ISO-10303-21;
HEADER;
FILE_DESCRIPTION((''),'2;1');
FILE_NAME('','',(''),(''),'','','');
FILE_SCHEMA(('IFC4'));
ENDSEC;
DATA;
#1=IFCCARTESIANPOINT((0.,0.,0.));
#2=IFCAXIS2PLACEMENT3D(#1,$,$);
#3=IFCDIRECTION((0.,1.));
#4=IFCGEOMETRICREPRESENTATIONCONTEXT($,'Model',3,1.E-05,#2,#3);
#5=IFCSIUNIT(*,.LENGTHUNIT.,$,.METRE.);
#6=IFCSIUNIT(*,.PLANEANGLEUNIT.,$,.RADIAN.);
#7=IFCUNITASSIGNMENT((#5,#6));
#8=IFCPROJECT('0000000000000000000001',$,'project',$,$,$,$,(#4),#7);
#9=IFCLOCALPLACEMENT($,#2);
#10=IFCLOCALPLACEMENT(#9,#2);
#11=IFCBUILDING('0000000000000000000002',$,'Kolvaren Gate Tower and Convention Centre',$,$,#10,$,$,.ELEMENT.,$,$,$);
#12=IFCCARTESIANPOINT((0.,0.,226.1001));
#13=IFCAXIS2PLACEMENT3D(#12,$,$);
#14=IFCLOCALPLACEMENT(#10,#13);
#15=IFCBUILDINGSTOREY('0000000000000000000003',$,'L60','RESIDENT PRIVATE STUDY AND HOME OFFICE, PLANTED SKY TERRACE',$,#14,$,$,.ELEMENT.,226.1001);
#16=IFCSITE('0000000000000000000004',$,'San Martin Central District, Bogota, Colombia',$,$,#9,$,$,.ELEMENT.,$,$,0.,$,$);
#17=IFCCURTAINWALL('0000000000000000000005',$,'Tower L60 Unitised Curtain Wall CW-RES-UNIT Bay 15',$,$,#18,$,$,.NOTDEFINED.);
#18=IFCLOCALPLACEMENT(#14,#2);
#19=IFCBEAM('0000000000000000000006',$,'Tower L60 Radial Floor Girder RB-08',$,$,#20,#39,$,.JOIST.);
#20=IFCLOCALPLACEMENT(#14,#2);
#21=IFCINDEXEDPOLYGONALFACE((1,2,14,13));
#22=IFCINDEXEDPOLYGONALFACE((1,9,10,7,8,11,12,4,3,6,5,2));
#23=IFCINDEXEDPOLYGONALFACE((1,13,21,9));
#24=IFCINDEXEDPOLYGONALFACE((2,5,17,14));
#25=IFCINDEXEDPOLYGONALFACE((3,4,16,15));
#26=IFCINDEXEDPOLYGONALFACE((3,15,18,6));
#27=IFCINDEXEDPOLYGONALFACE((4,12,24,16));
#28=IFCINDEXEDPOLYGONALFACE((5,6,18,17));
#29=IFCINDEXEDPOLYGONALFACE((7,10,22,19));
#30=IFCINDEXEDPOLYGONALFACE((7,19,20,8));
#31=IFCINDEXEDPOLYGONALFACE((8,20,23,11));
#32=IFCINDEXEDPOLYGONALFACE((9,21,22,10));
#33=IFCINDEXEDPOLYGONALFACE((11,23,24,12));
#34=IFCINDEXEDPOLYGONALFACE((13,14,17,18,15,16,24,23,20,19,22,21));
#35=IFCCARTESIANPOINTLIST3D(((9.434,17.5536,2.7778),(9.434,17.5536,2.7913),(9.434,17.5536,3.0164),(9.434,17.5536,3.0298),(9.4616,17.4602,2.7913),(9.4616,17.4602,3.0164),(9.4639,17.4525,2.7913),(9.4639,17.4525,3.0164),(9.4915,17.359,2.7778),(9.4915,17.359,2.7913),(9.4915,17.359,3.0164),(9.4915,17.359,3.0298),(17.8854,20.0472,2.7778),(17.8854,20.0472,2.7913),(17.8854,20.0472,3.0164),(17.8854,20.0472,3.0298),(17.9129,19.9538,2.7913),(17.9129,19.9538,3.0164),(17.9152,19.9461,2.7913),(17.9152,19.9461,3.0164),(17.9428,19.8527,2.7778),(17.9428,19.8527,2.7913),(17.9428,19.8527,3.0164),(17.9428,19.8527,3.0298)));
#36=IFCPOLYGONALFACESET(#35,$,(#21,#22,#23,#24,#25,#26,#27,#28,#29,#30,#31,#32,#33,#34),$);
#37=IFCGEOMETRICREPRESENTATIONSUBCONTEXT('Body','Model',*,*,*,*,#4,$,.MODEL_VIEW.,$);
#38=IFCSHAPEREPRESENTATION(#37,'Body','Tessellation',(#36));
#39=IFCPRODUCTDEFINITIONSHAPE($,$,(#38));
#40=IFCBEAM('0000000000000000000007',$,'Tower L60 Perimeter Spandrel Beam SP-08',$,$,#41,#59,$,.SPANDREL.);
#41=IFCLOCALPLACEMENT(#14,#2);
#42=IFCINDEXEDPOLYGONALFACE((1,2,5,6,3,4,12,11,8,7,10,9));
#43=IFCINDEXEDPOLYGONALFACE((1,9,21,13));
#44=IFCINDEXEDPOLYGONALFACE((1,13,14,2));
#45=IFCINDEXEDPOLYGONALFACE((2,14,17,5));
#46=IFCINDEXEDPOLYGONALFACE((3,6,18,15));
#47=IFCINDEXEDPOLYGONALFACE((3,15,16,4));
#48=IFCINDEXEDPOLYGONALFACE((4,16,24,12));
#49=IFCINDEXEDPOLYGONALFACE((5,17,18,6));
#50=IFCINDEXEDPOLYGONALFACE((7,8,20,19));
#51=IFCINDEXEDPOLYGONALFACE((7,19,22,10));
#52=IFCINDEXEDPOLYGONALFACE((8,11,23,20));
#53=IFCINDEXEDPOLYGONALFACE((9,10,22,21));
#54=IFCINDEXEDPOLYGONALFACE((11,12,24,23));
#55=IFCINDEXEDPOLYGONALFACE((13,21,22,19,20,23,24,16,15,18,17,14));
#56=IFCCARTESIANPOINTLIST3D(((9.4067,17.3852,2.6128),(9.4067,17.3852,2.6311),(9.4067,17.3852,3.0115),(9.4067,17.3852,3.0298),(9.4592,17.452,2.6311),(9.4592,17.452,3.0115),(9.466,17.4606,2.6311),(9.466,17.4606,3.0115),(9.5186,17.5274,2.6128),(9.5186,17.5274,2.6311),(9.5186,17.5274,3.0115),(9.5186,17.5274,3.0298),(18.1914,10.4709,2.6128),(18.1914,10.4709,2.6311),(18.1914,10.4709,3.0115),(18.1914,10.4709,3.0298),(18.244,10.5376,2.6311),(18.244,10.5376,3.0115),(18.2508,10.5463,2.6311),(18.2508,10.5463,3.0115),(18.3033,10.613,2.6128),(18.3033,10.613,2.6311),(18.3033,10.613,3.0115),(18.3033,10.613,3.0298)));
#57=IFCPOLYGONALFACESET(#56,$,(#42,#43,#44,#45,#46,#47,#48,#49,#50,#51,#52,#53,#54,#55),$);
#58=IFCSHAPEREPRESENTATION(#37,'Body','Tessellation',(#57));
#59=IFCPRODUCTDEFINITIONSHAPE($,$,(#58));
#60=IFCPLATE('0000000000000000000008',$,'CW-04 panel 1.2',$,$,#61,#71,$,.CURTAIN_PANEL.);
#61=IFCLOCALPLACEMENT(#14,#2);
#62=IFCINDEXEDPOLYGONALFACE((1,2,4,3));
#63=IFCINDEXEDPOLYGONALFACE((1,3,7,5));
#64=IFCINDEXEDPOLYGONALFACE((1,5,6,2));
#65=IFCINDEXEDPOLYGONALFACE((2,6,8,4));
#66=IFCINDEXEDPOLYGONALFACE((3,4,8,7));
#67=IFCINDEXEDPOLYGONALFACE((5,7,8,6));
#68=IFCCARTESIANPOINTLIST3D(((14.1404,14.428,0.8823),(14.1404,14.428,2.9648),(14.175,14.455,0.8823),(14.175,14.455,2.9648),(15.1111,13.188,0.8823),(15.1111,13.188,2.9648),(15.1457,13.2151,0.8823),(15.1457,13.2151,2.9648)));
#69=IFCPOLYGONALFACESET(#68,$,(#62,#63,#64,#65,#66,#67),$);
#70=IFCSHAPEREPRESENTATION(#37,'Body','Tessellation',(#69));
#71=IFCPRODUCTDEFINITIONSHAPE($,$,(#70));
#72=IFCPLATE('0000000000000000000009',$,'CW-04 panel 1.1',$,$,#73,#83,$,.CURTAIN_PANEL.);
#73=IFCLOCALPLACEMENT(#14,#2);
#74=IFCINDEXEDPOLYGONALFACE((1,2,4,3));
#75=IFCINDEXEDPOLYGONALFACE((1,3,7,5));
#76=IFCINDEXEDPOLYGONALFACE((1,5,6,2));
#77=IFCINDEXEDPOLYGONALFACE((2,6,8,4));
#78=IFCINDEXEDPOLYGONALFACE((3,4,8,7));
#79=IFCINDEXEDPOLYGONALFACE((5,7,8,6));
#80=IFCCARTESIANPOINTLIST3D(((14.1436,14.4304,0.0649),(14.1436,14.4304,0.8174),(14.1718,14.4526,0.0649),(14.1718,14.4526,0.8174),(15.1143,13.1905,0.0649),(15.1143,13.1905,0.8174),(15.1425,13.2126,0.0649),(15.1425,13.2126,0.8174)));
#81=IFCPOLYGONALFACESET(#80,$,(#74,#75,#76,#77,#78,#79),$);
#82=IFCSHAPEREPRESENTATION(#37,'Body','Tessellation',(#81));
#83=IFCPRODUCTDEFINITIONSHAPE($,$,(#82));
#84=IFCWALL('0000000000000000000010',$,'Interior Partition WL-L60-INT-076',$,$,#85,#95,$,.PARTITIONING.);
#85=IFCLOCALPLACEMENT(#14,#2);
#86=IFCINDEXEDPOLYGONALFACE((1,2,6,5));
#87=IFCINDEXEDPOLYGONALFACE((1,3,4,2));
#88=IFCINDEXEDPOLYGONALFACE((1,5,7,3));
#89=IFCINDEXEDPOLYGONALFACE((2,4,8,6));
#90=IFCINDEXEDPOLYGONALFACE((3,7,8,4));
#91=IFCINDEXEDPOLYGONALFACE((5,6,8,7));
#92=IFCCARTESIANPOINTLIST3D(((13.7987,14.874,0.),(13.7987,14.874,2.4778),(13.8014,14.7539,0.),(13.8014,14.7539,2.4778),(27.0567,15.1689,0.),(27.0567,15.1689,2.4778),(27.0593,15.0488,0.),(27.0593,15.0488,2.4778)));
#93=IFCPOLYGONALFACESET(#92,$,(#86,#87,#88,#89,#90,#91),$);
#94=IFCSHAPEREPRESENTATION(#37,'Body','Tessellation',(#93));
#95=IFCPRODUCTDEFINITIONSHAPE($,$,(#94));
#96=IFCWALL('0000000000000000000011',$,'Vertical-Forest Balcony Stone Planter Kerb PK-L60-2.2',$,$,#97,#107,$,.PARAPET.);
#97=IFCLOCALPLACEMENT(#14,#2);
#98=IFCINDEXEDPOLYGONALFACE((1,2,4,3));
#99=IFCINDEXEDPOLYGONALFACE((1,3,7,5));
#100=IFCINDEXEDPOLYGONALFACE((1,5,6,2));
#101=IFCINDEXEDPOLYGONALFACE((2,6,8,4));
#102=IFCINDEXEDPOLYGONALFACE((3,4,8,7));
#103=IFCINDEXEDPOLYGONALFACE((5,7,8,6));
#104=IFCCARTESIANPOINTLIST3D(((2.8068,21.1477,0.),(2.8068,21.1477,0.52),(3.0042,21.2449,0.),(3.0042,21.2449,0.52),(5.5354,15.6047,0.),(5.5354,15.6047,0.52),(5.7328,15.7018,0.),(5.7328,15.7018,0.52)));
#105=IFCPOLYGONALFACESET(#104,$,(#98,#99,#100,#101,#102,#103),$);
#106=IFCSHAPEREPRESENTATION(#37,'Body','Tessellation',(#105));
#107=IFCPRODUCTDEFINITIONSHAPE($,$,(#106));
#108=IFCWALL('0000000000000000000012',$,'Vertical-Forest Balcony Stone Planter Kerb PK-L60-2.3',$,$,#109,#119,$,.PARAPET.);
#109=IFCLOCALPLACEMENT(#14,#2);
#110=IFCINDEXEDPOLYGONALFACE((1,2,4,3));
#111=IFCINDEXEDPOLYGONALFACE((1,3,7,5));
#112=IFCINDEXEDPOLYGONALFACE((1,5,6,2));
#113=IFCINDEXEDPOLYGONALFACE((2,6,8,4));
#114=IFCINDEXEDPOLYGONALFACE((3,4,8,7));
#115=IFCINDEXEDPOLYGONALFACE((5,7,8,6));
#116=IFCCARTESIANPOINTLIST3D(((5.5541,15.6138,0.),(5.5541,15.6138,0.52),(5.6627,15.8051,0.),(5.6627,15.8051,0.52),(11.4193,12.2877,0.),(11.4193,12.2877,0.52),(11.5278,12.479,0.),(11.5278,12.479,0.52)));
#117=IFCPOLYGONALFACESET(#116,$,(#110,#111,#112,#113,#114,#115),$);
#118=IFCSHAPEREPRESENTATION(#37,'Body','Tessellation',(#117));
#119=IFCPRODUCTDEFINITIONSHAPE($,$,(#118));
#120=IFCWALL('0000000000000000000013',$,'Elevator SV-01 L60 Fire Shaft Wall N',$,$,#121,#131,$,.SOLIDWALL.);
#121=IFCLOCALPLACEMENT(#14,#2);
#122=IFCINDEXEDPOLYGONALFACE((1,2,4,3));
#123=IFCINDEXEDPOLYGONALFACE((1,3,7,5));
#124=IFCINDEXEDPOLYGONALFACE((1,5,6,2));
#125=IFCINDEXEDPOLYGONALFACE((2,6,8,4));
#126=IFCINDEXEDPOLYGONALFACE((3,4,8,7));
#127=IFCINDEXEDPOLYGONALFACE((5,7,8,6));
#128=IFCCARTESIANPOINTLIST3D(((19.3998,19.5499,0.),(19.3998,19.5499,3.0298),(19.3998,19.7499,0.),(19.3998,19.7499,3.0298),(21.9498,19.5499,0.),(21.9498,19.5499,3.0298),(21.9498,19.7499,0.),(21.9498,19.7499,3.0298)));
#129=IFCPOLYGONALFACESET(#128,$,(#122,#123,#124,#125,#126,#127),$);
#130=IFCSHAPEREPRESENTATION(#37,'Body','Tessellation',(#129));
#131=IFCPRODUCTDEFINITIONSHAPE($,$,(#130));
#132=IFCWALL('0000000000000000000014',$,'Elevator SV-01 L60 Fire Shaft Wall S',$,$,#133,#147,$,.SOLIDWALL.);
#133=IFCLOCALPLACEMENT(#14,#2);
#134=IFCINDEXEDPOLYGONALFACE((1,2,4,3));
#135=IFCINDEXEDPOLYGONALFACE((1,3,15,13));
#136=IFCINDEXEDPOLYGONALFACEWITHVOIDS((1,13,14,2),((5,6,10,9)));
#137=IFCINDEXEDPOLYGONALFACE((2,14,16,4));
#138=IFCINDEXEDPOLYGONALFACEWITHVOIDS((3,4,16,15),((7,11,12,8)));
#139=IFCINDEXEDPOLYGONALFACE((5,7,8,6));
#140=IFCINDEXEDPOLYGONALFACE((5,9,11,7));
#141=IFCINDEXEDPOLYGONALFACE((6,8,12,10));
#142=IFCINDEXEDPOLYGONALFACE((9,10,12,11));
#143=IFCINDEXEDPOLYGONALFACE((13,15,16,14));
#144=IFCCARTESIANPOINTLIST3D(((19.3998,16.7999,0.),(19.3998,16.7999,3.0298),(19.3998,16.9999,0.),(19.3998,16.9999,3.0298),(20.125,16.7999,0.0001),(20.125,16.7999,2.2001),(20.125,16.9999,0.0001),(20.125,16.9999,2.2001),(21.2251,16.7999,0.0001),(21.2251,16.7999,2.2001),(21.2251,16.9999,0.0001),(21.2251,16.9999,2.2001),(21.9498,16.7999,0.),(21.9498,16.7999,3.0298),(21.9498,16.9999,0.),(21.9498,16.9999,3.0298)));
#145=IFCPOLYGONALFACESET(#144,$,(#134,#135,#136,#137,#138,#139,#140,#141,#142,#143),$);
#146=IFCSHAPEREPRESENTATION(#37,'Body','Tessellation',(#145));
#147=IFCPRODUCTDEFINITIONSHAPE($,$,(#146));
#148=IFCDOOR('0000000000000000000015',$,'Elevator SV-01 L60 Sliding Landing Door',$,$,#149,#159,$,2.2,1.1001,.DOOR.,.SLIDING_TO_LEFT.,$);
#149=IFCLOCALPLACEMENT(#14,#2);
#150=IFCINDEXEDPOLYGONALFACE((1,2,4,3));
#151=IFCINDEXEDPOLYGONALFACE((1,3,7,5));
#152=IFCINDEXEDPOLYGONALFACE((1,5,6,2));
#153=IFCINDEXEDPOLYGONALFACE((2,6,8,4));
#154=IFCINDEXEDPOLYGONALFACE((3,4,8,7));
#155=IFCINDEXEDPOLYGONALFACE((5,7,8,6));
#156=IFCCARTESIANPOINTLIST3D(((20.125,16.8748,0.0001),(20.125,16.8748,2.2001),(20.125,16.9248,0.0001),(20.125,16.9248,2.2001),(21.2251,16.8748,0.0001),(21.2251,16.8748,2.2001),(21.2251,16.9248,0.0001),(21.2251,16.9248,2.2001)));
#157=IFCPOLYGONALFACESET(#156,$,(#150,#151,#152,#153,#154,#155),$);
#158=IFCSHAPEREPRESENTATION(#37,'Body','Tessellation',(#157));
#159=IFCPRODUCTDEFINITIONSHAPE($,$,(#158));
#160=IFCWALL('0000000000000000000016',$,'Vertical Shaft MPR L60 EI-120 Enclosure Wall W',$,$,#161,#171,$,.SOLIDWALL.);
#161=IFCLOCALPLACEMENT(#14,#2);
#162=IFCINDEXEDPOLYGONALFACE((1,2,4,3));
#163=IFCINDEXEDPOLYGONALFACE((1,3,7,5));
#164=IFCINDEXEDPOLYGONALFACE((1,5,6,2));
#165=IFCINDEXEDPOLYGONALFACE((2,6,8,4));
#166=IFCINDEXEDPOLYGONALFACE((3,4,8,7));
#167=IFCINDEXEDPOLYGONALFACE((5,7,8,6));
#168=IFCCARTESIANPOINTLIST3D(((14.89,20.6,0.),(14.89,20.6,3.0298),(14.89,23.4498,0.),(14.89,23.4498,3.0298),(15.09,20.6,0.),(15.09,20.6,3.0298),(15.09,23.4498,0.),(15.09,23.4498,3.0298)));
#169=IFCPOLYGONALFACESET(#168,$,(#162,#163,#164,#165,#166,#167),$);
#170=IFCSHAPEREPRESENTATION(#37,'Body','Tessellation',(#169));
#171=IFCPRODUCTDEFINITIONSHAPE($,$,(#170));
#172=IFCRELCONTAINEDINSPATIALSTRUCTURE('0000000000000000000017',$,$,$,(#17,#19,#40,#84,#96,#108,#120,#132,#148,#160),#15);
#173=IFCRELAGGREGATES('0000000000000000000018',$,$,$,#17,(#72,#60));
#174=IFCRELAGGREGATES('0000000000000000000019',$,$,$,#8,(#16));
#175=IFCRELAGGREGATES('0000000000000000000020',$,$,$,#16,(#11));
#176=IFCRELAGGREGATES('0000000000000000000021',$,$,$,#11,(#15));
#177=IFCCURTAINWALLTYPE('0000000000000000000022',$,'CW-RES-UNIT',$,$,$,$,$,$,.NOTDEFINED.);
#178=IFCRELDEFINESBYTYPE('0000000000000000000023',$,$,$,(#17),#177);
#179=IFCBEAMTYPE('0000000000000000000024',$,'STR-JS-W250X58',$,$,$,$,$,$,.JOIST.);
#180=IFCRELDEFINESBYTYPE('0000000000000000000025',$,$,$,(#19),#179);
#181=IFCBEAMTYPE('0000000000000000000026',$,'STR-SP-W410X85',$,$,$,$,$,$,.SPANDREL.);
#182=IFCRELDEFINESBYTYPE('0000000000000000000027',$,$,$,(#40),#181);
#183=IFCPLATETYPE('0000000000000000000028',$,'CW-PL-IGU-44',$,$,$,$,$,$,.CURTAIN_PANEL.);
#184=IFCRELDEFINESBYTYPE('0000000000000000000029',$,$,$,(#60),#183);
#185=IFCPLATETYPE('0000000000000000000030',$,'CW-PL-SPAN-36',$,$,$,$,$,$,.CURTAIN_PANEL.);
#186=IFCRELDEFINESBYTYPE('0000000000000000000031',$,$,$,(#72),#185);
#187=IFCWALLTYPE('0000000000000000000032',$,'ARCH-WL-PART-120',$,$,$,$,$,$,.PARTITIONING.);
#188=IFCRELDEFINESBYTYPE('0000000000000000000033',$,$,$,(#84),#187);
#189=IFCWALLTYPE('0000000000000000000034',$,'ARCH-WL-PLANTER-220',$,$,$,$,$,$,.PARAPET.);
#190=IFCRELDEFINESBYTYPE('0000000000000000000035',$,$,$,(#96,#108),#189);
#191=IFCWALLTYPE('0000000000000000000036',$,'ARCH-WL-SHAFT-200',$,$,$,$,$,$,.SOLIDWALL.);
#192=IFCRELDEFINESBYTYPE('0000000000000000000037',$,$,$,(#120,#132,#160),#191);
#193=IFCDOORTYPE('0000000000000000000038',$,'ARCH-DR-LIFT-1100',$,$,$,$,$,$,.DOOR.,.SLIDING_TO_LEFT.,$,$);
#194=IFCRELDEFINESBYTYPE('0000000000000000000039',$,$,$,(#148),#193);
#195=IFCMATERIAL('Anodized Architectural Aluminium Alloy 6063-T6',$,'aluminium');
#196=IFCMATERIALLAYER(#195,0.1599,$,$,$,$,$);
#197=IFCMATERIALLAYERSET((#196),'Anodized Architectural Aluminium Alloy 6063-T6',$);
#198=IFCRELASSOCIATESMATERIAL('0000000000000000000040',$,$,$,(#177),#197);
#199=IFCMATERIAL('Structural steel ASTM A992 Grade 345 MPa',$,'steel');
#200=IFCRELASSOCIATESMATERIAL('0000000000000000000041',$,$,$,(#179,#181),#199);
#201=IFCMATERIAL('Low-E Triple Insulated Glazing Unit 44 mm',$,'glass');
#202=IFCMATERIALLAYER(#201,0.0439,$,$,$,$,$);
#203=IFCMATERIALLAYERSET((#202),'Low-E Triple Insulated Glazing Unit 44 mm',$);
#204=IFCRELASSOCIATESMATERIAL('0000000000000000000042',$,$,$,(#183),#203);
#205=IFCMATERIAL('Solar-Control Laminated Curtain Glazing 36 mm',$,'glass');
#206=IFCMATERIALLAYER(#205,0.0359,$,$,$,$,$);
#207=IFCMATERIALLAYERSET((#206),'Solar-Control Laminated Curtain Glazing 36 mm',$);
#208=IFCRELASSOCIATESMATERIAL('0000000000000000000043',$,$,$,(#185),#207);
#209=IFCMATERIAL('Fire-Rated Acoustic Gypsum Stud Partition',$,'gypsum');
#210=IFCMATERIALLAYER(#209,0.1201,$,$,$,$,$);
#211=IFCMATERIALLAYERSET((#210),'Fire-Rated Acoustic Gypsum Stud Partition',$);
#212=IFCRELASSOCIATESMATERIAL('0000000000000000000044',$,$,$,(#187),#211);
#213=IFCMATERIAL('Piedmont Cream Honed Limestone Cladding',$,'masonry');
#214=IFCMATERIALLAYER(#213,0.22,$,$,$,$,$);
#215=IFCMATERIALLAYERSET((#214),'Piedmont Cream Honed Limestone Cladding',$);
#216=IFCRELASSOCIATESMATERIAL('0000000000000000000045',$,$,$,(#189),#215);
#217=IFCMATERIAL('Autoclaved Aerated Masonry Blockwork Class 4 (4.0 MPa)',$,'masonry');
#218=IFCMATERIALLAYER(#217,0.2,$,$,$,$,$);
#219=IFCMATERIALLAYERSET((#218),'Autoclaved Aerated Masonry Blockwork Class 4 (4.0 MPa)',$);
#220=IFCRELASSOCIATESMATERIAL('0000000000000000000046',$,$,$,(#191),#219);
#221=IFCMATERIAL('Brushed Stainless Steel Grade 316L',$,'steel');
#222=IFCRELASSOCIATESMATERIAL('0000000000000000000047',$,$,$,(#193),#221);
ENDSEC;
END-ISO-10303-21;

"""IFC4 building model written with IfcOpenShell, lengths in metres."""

from ifc_helpers import new_model, si_unit, direction, frame, frame_2d, origin, origin_2d, place, context, subcontext, project, spatial, rectangle, i_section, extrude, material, layer, layer_set, material_profile, profile_set, type_object, element, fill, aggregate, save


model = new_model("IFC4")

# Units and contexts
model_context = context("Model", 3, precision=1e-05, world=origin(), true_north=direction((0.0, 1.0)))
body_context = subcontext(model_context, "Body", "Model", "MODEL_VIEW")
ifc_project = project(units=[si_unit("LENGTHUNIT", "METRE"), si_unit("PLANEANGLEUNIT", "RADIAN")], contexts=[model_context])

# Site, building, storey
site_placement = place(None, origin())
site = spatial("IfcSite", under=ifc_project, at=site_placement, Name="San Martin Central District, Bogota, Colombia", CompositionType="ELEMENT", RefElevation=0.0)
building_placement = place(site_placement, origin())
building = spatial("IfcBuilding", under=site, at=building_placement, Name="Kolvaren Gate Tower and Convention Centre", CompositionType="ELEMENT")
storey_placement = place(building_placement, frame((0.0, 0.0, 226.1001)))
storey = spatial("IfcBuildingStorey", under=building, at=storey_placement, Name="L60", Description="RESIDENT PRIVATE STUDY AND HOME OFFICE, PLANTED SKY TERRACE", CompositionType="ELEMENT", Elevation=226.1001)

# Curtain wall
ifc_material_1 = material(Name="Anodized Architectural Aluminium Alloy 6063-T6", Category="aluminium")
ifc_layer_1 = layer(ifc_material_1, 0.1599)
ifc_layer_set_1 = layer_set([ifc_layer_1], Name="Anodized Architectural Aluminium Alloy 6063-T6")
curtain_wall_type = type_object("IfcCurtainWallType", Name="CW-RES-UNIT", PredefinedType="NOTDEFINED", material=ifc_layer_set_1)
curtain_wall_placement = place(storey_placement, origin())
curtain_wall = element("IfcCurtainWall", 1, at=curtain_wall_placement, inside=storey, type_object=curtain_wall_type, Name="Tower L60 Unitised Curtain Wall CW-RES-UNIT Bay 15", PredefinedType="NOTDEFINED")

# Beams
ifc_material_2 = material(Name="Structural steel ASTM A992 Grade 345 MPa", Category="steel")
ifc_material_profile_1 = material_profile(ifc_material_2, i_section(OverallWidth=0.2029, OverallDepth=0.252, WebThickness=0.0081, FlangeThickness=0.0134, at=origin_2d()), Name="W250X58")
ifc_profile_set_1 = profile_set([ifc_material_profile_1], Name="Structural steel ASTM A992 Grade 345 MPa")
beam_type_1 = type_object("IfcBeamType", Name="STR-JS-W250X58", PredefinedType="JOIST", material=ifc_profile_set_1)
beam_1_placement = place(storey_placement, frame((17.9141, 19.95, 2.9038), z_axis=(-0.959121, -0.282996, 0.0), x_axis=(0.282996, -0.959121, 0.0)))
element("IfcBeam", 2, at=beam_1_placement, inside=storey, type_object=beam_type_1, Name="Tower L60 Radial Floor Girder RB-08", PredefinedType="JOIST", context=body_context, shape_type="SweptSolid", body=[
    extrude(i_section(OverallWidth=0.2029, OverallDepth=0.252, WebThickness=0.0081, FlangeThickness=0.0134, at=origin_2d()), origin(), (0.0, 0.0, 1.0), 8.8115),
])
ifc_material_profile_2 = material_profile(ifc_material_2, i_section(OverallWidth=0.1809, OverallDepth=0.417, WebThickness=0.011, FlangeThickness=0.0183, at=origin_2d()), Name="W410X85")
ifc_profile_set_2 = profile_set([ifc_material_profile_2], Name="Structural steel ASTM A992 Grade 345 MPa")
beam_type_2 = type_object("IfcBeamType", Name="STR-SP-W410X85", PredefinedType="SPANDREL", material=ifc_profile_set_2)
beam_2_placement = place(storey_placement, frame((9.4626, 17.4563, 2.8213), z_axis=(0.785794, -0.618489, 0.0), x_axis=(0.618489, 0.785794, 0.0)))
element("IfcBeam", 3, at=beam_2_placement, inside=storey, type_object=beam_type_2, Name="Tower L60 Perimeter Spandrel Beam SP-08", PredefinedType="SPANDREL", context=body_context, shape_type="SweptSolid", body=[
    extrude(i_section(OverallWidth=0.1809, OverallDepth=0.417, WebThickness=0.011, FlangeThickness=0.0183, at=origin_2d()), origin(), (0.0, 0.0, 1.0), 11.1794),
])

# Plates
ifc_material_3 = material(Name="Low-E Triple Insulated Glazing Unit 44 mm", Category="glass")
ifc_layer_2 = layer(ifc_material_3, 0.0439)
ifc_layer_set_2 = layer_set([ifc_layer_2], Name="Low-E Triple Insulated Glazing Unit 44 mm")
plate_type_1 = type_object("IfcPlateType", Name="CW-PL-IGU-44", PredefinedType="CURTAIN_PANEL", material=ifc_layer_set_2)
plate_1_placement = place(storey_placement, frame((14.6431, 13.8215, 0.8823), z_axis=(0.0, 0.0, 1.0), x_axis=(0.61643, -0.78741, 0.0)))
plate_1 = element("IfcPlate", 4, at=plate_1_placement, type_object=plate_type_1, Name="CW-04 panel 1.2", PredefinedType="CURTAIN_PANEL", context=body_context, shape_type="SweptSolid", body=[
    extrude(rectangle(XDim=1.5747, YDim=0.0439, at=origin_2d()), origin(), (0.0, 0.0, 1.0), 2.0825),
])
ifc_material_4 = material(Name="Solar-Control Laminated Curtain Glazing 36 mm", Category="glass")
ifc_layer_3 = layer(ifc_material_4, 0.0359)
ifc_layer_set_3 = layer_set([ifc_layer_3], Name="Solar-Control Laminated Curtain Glazing 36 mm")
plate_type_2 = type_object("IfcPlateType", Name="CW-PL-SPAN-36", PredefinedType="CURTAIN_PANEL", material=ifc_layer_set_3)
plate_2_placement = place(storey_placement, frame((14.6431, 13.8215, 0.0649), z_axis=(0.0, 0.0, 1.0), x_axis=(0.61643, -0.78741, 0.0)))
plate_2 = element("IfcPlate", 5, at=plate_2_placement, type_object=plate_type_2, Name="CW-04 panel 1.1", PredefinedType="CURTAIN_PANEL", context=body_context, shape_type="SweptSolid", body=[
    extrude(rectangle(XDim=1.5747, YDim=0.0359, at=origin_2d()), origin(), (0.0, 0.0, 1.0), 0.7524),
])
aggregate(curtain_wall, [plate_2, plate_1])

# Walls
ifc_material_5 = material(Name="Fire-Rated Acoustic Gypsum Stud Partition", Category="gypsum")
ifc_layer_4 = layer(ifc_material_5, 0.1201)
ifc_layer_set_4 = layer_set([ifc_layer_4], Name="Fire-Rated Acoustic Gypsum Stud Partition")
wall_type_1 = type_object("IfcWallType", Name="ARCH-WL-PART-120", PredefinedType="PARTITIONING", material=ifc_layer_set_4)
wall_1_placement = place(storey_placement, frame((13.8, 14.814, 0.0), z_axis=(0.0, 0.0, 1.0), x_axis=(0.999753, 0.022239, 0.0)))
element("IfcWall", 6, at=wall_1_placement, inside=storey, type_object=wall_type_1, Name="Interior Partition WL-L60-INT-076", PredefinedType="PARTITIONING", context=body_context, shape_type="SweptSolid", body=[
    extrude(rectangle(XDim=13.2612, YDim=0.1201, at=frame_2d((6.6306, 0.0))), origin(), (0.0, 0.0, 1.0), 2.4778),
])
ifc_material_6 = material(Name="Piedmont Cream Honed Limestone Cladding", Category="masonry")
ifc_layer_5 = layer(ifc_material_6, 0.22)
ifc_layer_set_5 = layer_set([ifc_layer_5], Name="Piedmont Cream Honed Limestone Cladding")
wall_type_2 = type_object("IfcWallType", Name="ARCH-WL-PLANTER-220", PredefinedType="PARAPET", material=ifc_layer_set_5)
wall_2_placement = place(storey_placement, frame((2.9055, 21.1963, 0.0), z_axis=(0.0, 0.0, 1.0), x_axis=(0.441641, -0.897192, 0.0)))
element("IfcWall", 7, at=wall_2_placement, inside=storey, type_object=wall_type_2, Name="Vertical-Forest Balcony Stone Planter Kerb PK-L60-2.2", PredefinedType="PARAPET", context=body_context, shape_type="SweptSolid", body=[
    extrude(rectangle(XDim=6.1782, YDim=0.22, at=frame_2d((3.0891, 0.0))), origin(), (0.0, 0.0, 1.0), 0.52),
])
wall_3_placement = place(storey_placement, frame((5.6084, 15.7095, 0.0), z_axis=(0.0, 0.0, 1.0), x_axis=(0.869861, -0.493298, 0.0)))
element("IfcWall", 8, at=wall_3_placement, inside=storey, type_object=wall_type_2, Name="Vertical-Forest Balcony Stone Planter Kerb PK-L60-2.3", PredefinedType="PARAPET", context=body_context, shape_type="SweptSolid", body=[
    extrude(rectangle(XDim=6.7427, YDim=0.22, at=frame_2d((3.3713, 0.0))), origin(), (0.0, 0.0, 1.0), 0.52),
])
ifc_material_7 = material(Name="Autoclaved Aerated Masonry Blockwork Class 4 (4.0 MPa)", Category="masonry")
ifc_layer_6 = layer(ifc_material_7, 0.2)
ifc_layer_set_6 = layer_set([ifc_layer_6], Name="Autoclaved Aerated Masonry Blockwork Class 4 (4.0 MPa)")
wall_type_3 = type_object("IfcWallType", Name="ARCH-WL-SHAFT-200", PredefinedType="SOLIDWALL", material=ifc_layer_set_6)
wall_4_placement = place(storey_placement, frame((19.3999, 19.6499, 0.0), z_axis=(0.0, 0.0, 1.0), x_axis=(1.0, 0.0, 0.0)))
element("IfcWall", 9, at=wall_4_placement, inside=storey, type_object=wall_type_3, Name="Elevator SV-01 L60 Fire Shaft Wall N", PredefinedType="SOLIDWALL", context=body_context, shape_type="SweptSolid", body=[
    extrude(rectangle(XDim=2.55, YDim=0.2, at=frame_2d((1.2749, 0.0))), origin(), (0.0, 0.0, 1.0), 3.0298),
])

# Wall, opening, door
wall_5_placement = place(storey_placement, frame((19.3999, 16.8999, 0.0), z_axis=(0.0, 0.0, 1.0), x_axis=(1.0, 0.0, 0.0)))
wall_5 = element("IfcWall", 10, at=wall_5_placement, inside=storey, type_object=wall_type_3, Name="Elevator SV-01 L60 Fire Shaft Wall S", PredefinedType="SOLIDWALL", context=body_context, shape_type="SweptSolid", body=[
    extrude(rectangle(XDim=2.55, YDim=0.2, at=frame_2d((1.2749, 0.0))), origin(), (0.0, 0.0, 1.0), 3.0298),
])
opening_1_placement = place(wall_5_placement, frame((0.7251, 0.0, 0.0)))
opening_1 = element("IfcOpeningElement", 11, at=opening_1_placement, cuts=wall_5, PredefinedType="OPENING", context=body_context, shape_type="SweptSolid", body=[
    extrude(rectangle(XDim=1.1001, YDim=2.2, at=frame_2d((0.55, 1.1001))), frame((0.0, 0.1099, 0.0), z_axis=(0.0, -1.0, 0.0), x_axis=(1.0, 0.0, 0.0)), (0.0, 0.0, 1.0), 0.22),
])
ifc_material_8 = material(Name="Brushed Stainless Steel Grade 316L", Category="steel")
door_type_1 = type_object("IfcDoorType", Name="ARCH-DR-LIFT-1100", OperationType="SLIDING_TO_LEFT", PredefinedType="DOOR", material=ifc_material_8)
door_1_placement = place(opening_1_placement, origin())
door_1 = element("IfcDoor", 12, at=door_1_placement, inside=storey, type_object=door_type_1, Name="Elevator SV-01 L60 Sliding Landing Door", OperationType="SLIDING_TO_LEFT", OverallHeight=2.2, OverallWidth=1.1001, PredefinedType="DOOR", context=body_context, shape_type="SweptSolid", body=[
    extrude(rectangle(XDim=1.1001, YDim=2.2, at=frame_2d((0.55, 1.1001))), frame((0.0, 0.0249, 0.0), z_axis=(0.0, -1.0, 0.0), x_axis=(1.0, 0.0, 0.0)), (0.0, 0.0, 1.0), 0.05),
])
fill(opening_1, door_1)

# Wall
wall_6_placement = place(storey_placement, frame((14.99, 20.6001, 0.0), z_axis=(0.0, 0.0, 1.0), x_axis=(0.0, 1.0, 0.0)))
element("IfcWall", 13, at=wall_6_placement, inside=storey, type_object=wall_type_3, Name="Vertical Shaft MPR L60 EI-120 Enclosure Wall W", PredefinedType="SOLIDWALL", context=body_context, shape_type="SweptSolid", body=[
    extrude(rectangle(XDim=2.8499, YDim=0.2, at=frame_2d((1.4248, 0.0))), origin(), (0.0, 0.0, 1.0), 3.0298),
])

save(model, "model.ifc")
